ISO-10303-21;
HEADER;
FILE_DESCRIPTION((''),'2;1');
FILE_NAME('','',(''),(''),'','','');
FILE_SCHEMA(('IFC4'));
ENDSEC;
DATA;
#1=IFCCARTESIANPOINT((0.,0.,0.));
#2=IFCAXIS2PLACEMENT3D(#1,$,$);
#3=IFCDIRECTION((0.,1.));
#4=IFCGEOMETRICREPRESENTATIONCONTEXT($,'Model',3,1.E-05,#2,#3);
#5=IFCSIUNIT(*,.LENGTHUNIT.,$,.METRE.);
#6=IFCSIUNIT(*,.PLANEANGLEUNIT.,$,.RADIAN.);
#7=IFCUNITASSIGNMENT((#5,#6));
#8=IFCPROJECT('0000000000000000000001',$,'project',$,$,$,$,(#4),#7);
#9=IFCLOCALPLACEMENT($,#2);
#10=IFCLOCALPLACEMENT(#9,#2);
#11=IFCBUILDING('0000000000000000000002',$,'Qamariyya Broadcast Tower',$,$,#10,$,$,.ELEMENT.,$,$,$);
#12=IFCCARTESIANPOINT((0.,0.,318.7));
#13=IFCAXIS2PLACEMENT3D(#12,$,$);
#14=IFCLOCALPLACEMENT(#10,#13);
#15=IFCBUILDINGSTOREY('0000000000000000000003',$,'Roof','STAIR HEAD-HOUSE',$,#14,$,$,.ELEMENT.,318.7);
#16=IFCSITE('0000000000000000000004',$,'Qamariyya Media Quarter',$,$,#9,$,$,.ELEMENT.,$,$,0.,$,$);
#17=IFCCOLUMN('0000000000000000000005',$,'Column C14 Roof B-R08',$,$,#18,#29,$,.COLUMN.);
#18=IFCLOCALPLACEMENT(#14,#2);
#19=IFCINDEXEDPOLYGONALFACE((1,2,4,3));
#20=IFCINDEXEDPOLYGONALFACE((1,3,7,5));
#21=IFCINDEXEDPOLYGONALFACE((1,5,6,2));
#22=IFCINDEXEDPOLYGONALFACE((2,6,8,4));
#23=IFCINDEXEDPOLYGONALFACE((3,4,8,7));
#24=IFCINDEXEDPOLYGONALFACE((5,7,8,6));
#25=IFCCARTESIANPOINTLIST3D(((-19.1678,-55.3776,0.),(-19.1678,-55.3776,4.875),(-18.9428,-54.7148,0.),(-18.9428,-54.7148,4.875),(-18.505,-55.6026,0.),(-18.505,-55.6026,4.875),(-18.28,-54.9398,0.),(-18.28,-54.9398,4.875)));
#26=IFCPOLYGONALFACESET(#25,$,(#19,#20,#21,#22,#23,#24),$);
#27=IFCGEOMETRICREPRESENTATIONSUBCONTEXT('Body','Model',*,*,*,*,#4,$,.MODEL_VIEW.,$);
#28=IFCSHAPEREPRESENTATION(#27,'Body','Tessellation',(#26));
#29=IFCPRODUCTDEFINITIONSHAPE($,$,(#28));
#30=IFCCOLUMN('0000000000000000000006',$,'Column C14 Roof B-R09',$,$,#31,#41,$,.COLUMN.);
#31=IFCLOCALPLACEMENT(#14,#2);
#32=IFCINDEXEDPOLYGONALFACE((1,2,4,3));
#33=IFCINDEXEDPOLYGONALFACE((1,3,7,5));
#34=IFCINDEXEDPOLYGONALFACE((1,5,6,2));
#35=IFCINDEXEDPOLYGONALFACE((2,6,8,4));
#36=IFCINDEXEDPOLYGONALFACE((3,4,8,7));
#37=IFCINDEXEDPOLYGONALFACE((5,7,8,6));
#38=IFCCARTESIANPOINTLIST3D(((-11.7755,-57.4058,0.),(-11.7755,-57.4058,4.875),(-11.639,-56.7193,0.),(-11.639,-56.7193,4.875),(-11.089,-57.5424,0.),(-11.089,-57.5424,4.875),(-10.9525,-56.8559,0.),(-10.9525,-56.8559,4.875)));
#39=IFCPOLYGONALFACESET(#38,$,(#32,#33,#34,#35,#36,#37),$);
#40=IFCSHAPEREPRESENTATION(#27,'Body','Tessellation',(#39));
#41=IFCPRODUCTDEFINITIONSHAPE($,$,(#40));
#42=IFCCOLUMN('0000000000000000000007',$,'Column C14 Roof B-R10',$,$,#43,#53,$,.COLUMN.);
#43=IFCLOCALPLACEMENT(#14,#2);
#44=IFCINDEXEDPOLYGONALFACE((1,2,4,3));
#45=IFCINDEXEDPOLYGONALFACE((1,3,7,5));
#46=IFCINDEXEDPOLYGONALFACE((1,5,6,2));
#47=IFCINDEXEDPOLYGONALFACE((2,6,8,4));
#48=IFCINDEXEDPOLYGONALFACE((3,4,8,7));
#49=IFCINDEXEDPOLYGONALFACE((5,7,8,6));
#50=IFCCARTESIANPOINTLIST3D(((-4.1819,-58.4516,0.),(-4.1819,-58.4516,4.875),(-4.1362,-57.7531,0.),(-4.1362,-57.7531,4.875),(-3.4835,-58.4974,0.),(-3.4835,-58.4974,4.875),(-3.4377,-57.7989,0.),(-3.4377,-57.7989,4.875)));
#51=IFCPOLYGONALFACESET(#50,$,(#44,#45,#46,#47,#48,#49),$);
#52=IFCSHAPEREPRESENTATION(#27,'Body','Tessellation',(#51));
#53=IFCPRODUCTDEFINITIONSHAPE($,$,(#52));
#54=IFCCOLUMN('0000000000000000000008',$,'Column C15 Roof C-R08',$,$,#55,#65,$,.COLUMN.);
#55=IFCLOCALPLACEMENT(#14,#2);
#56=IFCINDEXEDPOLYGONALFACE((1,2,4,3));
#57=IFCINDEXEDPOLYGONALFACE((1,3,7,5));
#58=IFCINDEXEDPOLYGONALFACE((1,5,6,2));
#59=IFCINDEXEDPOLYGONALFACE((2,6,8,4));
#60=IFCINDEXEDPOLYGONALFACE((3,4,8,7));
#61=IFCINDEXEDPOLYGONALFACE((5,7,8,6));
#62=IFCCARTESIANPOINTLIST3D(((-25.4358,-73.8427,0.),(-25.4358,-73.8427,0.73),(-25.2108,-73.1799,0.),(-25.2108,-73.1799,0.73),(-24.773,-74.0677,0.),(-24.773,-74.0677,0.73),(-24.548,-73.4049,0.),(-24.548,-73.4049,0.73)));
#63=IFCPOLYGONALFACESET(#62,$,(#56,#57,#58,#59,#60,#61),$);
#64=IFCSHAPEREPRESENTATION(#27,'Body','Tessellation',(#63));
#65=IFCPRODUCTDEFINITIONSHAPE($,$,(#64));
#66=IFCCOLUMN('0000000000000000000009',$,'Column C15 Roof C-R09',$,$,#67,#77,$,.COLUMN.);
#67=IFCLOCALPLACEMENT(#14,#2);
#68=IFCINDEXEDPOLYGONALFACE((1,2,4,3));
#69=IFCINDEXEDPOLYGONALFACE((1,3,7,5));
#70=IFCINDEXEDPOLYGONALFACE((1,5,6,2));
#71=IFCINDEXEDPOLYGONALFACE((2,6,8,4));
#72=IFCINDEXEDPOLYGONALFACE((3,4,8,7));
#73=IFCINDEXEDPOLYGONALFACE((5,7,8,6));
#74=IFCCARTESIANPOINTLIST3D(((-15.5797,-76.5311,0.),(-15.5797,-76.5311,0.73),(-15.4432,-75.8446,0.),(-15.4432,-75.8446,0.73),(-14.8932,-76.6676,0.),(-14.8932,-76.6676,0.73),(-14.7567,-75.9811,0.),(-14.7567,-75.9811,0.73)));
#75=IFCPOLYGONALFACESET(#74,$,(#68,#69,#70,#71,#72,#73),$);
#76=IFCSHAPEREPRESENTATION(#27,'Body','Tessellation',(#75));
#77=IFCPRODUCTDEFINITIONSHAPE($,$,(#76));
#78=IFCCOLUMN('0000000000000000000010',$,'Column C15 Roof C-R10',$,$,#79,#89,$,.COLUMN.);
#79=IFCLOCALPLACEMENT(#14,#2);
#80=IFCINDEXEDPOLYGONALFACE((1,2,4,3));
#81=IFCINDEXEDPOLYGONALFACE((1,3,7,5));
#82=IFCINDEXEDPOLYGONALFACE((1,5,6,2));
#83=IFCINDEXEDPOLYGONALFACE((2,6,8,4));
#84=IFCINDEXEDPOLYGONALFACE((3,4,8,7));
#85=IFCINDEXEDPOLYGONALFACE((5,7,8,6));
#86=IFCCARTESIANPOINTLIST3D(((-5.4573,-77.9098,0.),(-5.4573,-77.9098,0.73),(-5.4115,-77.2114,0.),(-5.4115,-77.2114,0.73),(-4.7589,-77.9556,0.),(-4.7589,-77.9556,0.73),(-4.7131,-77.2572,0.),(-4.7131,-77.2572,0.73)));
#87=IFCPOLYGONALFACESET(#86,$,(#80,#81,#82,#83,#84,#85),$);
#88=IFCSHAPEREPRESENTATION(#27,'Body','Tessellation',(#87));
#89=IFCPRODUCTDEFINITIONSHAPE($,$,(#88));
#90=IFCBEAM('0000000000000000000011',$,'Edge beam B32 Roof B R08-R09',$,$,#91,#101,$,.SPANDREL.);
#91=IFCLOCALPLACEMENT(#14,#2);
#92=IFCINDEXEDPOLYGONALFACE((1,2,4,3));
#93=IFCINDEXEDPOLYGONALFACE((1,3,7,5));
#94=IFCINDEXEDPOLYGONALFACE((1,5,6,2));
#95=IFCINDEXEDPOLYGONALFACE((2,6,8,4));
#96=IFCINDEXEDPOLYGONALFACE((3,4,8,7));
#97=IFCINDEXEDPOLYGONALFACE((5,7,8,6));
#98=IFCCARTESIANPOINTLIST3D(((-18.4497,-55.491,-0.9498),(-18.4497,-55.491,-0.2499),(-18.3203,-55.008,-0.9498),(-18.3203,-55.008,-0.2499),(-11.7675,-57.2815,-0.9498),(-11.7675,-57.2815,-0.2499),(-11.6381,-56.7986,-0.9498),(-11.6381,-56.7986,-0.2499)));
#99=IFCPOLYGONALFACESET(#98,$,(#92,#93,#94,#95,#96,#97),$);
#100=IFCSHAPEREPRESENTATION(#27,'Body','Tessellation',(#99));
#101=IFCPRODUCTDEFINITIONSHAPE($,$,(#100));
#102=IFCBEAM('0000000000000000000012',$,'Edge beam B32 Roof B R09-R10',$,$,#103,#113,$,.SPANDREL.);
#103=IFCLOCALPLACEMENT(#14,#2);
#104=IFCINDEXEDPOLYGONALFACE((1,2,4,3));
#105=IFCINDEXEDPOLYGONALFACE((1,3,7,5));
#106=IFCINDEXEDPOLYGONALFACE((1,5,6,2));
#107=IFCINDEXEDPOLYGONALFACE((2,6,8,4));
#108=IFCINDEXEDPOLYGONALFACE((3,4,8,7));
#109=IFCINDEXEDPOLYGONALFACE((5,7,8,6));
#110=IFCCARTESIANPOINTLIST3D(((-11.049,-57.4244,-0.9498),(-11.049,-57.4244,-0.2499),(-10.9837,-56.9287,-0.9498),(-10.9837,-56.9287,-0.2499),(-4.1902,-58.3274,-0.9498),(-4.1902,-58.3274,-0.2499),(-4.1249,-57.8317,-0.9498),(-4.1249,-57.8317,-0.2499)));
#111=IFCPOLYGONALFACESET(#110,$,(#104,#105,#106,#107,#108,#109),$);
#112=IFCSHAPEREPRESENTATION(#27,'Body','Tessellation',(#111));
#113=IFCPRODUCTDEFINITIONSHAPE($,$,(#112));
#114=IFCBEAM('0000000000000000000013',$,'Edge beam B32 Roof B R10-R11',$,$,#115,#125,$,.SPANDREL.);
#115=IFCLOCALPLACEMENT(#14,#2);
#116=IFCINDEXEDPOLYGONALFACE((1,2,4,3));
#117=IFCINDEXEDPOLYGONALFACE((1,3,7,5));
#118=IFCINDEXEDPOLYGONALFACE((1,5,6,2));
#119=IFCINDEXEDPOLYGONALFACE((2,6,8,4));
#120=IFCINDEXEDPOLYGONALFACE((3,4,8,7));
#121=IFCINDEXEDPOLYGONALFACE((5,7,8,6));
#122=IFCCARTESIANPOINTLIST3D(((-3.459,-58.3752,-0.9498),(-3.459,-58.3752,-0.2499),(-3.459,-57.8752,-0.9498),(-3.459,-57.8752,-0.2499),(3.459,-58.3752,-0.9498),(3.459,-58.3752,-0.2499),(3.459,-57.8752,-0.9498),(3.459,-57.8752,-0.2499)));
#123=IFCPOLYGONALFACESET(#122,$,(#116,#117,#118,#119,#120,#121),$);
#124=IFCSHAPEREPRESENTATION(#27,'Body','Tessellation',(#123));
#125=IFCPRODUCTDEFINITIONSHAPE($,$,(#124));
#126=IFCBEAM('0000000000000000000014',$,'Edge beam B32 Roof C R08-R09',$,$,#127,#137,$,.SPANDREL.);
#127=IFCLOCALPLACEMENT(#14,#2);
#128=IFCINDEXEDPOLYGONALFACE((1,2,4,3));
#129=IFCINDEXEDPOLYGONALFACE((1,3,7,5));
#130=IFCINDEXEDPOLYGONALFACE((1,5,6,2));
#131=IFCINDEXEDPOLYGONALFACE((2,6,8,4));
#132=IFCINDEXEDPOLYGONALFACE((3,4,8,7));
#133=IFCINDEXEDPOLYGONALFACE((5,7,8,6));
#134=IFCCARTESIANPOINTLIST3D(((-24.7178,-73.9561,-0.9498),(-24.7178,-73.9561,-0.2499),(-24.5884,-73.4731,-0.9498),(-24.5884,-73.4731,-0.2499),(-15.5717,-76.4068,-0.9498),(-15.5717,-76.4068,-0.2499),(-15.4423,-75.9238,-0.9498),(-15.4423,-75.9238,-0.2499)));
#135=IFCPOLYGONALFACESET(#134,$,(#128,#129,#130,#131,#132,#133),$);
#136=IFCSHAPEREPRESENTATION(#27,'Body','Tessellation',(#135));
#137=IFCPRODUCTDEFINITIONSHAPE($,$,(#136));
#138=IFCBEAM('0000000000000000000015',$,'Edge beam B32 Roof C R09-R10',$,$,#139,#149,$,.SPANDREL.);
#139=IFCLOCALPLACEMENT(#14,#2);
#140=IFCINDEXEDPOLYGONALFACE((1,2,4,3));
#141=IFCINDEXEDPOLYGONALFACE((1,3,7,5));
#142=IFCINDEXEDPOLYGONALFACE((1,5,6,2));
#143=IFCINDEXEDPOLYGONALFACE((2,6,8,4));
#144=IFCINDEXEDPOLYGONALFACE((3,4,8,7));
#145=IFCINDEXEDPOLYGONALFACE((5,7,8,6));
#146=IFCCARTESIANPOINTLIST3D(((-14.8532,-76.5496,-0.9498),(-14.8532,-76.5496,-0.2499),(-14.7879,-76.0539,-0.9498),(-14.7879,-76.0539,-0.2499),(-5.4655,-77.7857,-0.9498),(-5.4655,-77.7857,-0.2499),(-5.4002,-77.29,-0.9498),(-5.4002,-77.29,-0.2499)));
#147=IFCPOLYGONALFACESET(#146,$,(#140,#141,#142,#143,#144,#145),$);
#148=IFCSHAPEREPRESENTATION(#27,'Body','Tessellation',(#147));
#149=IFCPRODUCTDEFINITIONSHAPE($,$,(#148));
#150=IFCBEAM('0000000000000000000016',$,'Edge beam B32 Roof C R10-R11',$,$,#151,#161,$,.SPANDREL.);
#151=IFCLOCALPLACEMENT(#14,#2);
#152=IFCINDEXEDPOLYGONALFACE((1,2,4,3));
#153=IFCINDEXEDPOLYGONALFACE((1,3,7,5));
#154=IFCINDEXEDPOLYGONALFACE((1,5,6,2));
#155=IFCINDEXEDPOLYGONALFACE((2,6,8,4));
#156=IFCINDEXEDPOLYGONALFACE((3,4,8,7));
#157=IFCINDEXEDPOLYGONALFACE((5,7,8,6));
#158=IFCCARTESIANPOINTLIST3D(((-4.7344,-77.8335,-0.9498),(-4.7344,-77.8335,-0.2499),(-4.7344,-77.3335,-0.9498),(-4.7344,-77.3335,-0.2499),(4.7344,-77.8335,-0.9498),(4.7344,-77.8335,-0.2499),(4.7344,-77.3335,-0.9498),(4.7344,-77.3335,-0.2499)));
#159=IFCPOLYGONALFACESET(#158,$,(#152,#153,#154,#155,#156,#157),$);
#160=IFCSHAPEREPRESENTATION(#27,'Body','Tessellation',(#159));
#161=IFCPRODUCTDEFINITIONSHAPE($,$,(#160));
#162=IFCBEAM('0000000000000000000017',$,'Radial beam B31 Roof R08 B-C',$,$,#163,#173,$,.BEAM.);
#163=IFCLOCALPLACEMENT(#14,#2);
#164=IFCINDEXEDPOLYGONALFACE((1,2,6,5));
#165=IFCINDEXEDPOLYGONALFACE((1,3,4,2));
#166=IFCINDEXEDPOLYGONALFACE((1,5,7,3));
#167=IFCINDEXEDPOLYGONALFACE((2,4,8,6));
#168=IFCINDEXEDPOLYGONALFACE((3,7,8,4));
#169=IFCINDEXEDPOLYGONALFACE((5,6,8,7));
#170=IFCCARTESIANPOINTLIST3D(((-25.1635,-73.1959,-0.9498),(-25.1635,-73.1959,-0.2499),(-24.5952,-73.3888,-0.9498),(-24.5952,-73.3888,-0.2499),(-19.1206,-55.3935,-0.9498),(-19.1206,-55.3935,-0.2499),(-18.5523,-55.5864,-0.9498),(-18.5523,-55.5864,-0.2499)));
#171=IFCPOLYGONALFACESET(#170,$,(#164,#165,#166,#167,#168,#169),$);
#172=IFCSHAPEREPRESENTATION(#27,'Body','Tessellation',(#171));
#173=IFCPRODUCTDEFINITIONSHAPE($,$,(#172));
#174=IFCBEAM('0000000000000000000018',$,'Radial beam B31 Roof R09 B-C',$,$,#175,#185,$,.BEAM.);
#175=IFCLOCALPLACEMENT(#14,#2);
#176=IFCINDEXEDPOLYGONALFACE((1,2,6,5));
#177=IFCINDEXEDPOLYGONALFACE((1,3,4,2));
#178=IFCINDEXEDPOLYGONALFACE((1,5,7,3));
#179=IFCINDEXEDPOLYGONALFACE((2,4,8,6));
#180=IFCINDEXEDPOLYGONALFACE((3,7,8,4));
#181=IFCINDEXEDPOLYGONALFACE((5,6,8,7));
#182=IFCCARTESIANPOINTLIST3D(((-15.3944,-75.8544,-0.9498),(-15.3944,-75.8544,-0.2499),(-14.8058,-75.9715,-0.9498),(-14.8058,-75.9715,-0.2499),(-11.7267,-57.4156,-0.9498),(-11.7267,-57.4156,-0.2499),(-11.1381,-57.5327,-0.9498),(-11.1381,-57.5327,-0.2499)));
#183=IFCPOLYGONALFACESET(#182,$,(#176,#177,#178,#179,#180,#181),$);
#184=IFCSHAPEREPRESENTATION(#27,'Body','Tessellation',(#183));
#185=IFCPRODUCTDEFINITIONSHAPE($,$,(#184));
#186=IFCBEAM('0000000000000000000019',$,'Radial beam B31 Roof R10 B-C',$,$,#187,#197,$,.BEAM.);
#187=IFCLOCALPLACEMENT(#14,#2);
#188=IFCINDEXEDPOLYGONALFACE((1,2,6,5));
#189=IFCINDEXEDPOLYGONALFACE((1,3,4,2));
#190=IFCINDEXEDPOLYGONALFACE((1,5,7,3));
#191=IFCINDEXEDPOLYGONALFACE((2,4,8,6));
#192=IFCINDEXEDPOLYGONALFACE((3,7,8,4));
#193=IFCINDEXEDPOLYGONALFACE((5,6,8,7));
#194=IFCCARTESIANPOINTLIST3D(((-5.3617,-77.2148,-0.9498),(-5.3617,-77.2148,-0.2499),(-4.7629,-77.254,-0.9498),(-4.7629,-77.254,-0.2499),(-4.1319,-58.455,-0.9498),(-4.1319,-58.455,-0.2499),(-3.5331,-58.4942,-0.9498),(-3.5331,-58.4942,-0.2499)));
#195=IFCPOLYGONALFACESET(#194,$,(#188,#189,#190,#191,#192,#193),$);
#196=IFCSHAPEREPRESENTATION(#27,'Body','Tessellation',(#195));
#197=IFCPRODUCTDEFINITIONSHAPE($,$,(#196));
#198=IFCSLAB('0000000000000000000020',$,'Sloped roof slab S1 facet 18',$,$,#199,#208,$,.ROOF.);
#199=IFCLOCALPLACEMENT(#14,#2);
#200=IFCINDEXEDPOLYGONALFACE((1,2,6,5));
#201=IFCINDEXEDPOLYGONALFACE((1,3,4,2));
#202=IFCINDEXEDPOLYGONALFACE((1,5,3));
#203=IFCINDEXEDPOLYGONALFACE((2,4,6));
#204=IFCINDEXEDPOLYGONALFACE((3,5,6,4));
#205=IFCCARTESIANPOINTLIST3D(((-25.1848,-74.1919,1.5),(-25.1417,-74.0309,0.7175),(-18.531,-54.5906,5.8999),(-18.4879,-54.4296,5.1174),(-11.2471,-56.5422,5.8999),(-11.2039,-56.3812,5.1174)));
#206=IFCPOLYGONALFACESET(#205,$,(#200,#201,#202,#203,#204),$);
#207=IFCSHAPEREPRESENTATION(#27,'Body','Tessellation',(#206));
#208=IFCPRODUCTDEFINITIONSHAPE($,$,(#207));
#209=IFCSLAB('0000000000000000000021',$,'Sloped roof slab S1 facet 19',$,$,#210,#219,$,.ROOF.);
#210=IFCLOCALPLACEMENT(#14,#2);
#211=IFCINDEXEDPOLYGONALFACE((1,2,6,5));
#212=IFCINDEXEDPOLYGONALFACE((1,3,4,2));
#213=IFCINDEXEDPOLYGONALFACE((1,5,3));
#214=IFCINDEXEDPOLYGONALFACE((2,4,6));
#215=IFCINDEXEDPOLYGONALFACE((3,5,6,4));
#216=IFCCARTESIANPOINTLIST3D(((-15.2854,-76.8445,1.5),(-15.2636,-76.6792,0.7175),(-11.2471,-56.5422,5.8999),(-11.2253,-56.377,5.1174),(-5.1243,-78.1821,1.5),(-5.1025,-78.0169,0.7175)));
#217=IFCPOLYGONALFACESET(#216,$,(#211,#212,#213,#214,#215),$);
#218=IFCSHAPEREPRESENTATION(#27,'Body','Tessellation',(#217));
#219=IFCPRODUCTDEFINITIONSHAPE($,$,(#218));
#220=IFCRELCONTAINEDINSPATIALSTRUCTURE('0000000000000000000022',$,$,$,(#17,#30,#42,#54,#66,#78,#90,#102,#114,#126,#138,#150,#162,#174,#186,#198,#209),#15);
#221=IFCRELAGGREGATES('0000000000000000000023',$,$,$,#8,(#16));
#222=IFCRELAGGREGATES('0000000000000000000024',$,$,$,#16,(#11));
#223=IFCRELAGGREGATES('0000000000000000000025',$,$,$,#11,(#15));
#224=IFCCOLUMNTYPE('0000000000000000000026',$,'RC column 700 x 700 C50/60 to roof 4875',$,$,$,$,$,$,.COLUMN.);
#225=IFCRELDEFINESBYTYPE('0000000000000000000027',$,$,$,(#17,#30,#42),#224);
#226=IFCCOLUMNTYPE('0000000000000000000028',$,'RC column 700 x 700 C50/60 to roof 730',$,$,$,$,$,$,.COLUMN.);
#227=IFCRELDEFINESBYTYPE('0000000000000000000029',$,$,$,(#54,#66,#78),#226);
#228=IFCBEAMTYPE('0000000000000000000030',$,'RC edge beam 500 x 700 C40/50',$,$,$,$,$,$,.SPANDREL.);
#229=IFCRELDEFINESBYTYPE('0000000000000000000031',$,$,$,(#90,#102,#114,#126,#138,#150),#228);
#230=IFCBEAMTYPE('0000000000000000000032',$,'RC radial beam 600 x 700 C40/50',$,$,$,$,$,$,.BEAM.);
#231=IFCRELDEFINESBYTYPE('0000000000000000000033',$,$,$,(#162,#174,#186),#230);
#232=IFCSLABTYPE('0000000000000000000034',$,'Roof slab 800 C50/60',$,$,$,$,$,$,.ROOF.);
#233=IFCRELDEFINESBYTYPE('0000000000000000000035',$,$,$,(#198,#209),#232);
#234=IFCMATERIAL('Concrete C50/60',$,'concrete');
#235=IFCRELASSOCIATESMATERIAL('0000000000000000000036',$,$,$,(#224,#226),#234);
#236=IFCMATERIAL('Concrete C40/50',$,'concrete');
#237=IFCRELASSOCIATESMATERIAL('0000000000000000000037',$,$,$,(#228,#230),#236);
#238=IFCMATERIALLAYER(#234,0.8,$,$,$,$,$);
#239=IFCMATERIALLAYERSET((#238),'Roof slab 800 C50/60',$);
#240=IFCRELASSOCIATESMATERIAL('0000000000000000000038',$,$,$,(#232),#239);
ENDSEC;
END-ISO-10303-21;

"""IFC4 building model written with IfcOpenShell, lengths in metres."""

from ifc_helpers import new_model, si_unit, direction, frame, origin, origin_2d, place, context, subcontext, project, spatial, polyline, rectangle, outline, extrude, material, layer, layer_set, material_profile, profile_set, type_object, element, save


model = new_model("IFC4")

# Units and contexts
model_context = context("Model", 3, precision=1e-05, world=origin(), true_north=direction((0.0, 1.0)))
body_context = subcontext(model_context, "Body", "Model", "MODEL_VIEW")
ifc_project = project(units=[si_unit("LENGTHUNIT", "METRE"), si_unit("PLANEANGLEUNIT", "RADIAN")], contexts=[model_context])

# Site, building, storey
site_placement = place(None, origin())
site = spatial("IfcSite", under=ifc_project, at=site_placement, Name="Qamariyya Media Quarter", CompositionType="ELEMENT", RefElevation=0.0)
building_placement = place(site_placement, origin())
building = spatial("IfcBuilding", under=site, at=building_placement, Name="Qamariyya Broadcast Tower", CompositionType="ELEMENT")
storey_placement = place(building_placement, frame((0.0, 0.0, 318.7)))
storey = spatial("IfcBuildingStorey", under=building, at=storey_placement, Name="Roof", Description="STAIR HEAD-HOUSE", CompositionType="ELEMENT", Elevation=318.7)

# Columns
ifc_material_1 = material(Name="Concrete C50/60", Category="concrete")
ifc_material_profile_1 = material_profile(ifc_material_1, rectangle(XDim=0.7, YDim=0.7, at=origin_2d()))
ifc_profile_set_1 = profile_set([ifc_material_profile_1], Name="Concrete C50/60")
column_type_1 = type_object("IfcColumnType", Name="RC column 700 x 700 C50/60 to roof 4875", PredefinedType="COLUMN", material=ifc_profile_set_1)
for number, where, z_axis, x_axis, name in (
    (1, (-18.7239, -55.1587, 0.0), (0.0, 0.0, 1.0), (0.94693, -0.321439, 0.0), "Column C14 Roof B-R08"),
    (2, (-11.364, -57.1309, 0.0), (0.0, 0.0, 1.0), (0.980785, -0.19509, 0.0), "Column C14 Roof B-R09"),
    (3, (-3.8098, -58.1252, 0.0), (0.0, 0.0, 1.0), (0.997859, -0.065403, 0.0), "Column C14 Roof B-R10"),
):
    element("IfcColumn", number, at=place(storey_placement, frame(where, z_axis=z_axis, x_axis=x_axis)), inside=storey, type_object=column_type_1, Name=name, PredefinedType="COLUMN", context=body_context, shape_type="SweptSolid", body=[
        extrude(rectangle(XDim=0.7, YDim=0.7, at=origin_2d()), origin(), (0.0, 0.0, 1.0), 4.875),
    ])
ifc_material_profile_2 = material_profile(ifc_material_1, rectangle(XDim=0.7, YDim=0.7, at=origin_2d()))
ifc_profile_set_2 = profile_set([ifc_material_profile_2], Name="Concrete C50/60")
column_type_2 = type_object("IfcColumnType", Name="RC column 700 x 700 C50/60 to roof 730", PredefinedType="COLUMN", material=ifc_profile_set_2)
for number, where, z_axis, x_axis, name in (
    (4, (-24.9919, -73.6238, 0.0), (0.0, 0.0, 1.0), (0.94693, -0.321439, 0.0), "Column C15 Roof C-R08"),
    (5, (-15.1682, -76.2561, 0.0), (0.0, 0.0, 1.0), (0.980785, -0.19509, 0.0), "Column C15 Roof C-R09"),
    (6, (-5.0852, -77.5835, 0.0), (0.0, 0.0, 1.0), (0.997859, -0.065403, 0.0), "Column C15 Roof C-R10"),
):
    element("IfcColumn", number, at=place(storey_placement, frame(where, z_axis=z_axis, x_axis=x_axis)), inside=storey, type_object=column_type_2, Name=name, PredefinedType="COLUMN", context=body_context, shape_type="SweptSolid", body=[
        extrude(rectangle(XDim=0.7, YDim=0.7, at=origin_2d()), origin(), (0.0, 0.0, 1.0), 0.73),
    ])

# Beams
ifc_material_2 = material(Name="Concrete C40/50", Category="concrete")
ifc_material_profile_3 = material_profile(ifc_material_2, rectangle(XDim=0.5, YDim=0.7, at=origin_2d()))
ifc_profile_set_3 = profile_set([ifc_material_profile_3], Name="Concrete C40/50")
beam_type_1 = type_object("IfcBeamType", Name="RC edge beam 500 x 700 C40/50", PredefinedType="SPANDREL", material=ifc_profile_set_3)
for number, where, z_axis, x_axis, name in (
    (7, (-18.385, -55.2495, -0.5999), (0.965924, -0.258827, 0.0), (0.258827, 0.965924, 0.0), "Edge beam B32 Roof B R08-R09"),
    (8, (-11.0164, -57.1765, -0.5999), (0.991443, -0.130538, 0.0), (0.130538, 0.991443, 0.0), "Edge beam B32 Roof B R09-R10"),
    (9, (-3.459, -58.1252, -0.5999), (1.0, 0.0, 0.0), (0.0, 1.0, 0.0), "Edge beam B32 Roof B R10-R11"),
):
    element("IfcBeam", number, at=place(storey_placement, frame(where, z_axis=z_axis, x_axis=x_axis)), inside=storey, type_object=beam_type_1, Name=name, PredefinedType="SPANDREL", context=body_context, shape_type="SweptSolid", body=[
        extrude(rectangle(XDim=0.5, YDim=0.7, at=origin_2d()), origin(), (0.0, 0.0, 1.0), 6.918),
    ])
for number, where, z_axis, x_axis, name in (
    (10, (-24.6531, -73.7146, -0.5999), (0.965925, -0.258821, 0.0), (0.258821, 0.965925, 0.0), "Edge beam B32 Roof C R08-R09"),
    (11, (-14.8206, -76.3018, -0.5999), (0.991443, -0.130544, 0.0), (0.130544, 0.991443, 0.0), "Edge beam B32 Roof C R09-R10"),
    (12, (-4.7344, -77.5835, -0.5999), (1.0, 0.0, 0.0), (0.0, 1.0, 0.0), "Edge beam B32 Roof C R10-R11"),
):
    element("IfcBeam", number, at=place(storey_placement, frame(where, z_axis=z_axis, x_axis=x_axis)), inside=storey, type_object=beam_type_1, Name=name, PredefinedType="SPANDREL", context=body_context, shape_type="SweptSolid", body=[
        extrude(rectangle(XDim=0.5, YDim=0.7, at=origin_2d()), origin(), (0.0, 0.0, 1.0), 9.4688),
    ])
ifc_material_profile_4 = material_profile(ifc_material_2, rectangle(XDim=0.6001, YDim=0.7, at=origin_2d()))
ifc_profile_set_4 = profile_set([ifc_material_profile_4], Name="Concrete C40/50")
beam_type_2 = type_object("IfcBeamType", Name="RC radial beam 600 x 700 C40/50", PredefinedType="BEAM", material=ifc_profile_set_4)
for number, where, z_axis, x_axis, name in (
    (13, (-18.8364, -55.49, -0.5999), (-0.321432, -0.946933, 0.0), (0.946933, -0.321432, 0.0), "Radial beam B31 Roof R08 B-C"),
    (14, (-11.4324, -57.4741, -0.5999), (-0.195092, -0.980785, 0.0), (0.980785, -0.195092, 0.0), "Radial beam B31 Roof R09 B-C"),
    (15, (-3.8325, -58.4746, -0.5999), (-0.065411, -0.997858, 0.0), (0.997858, -0.065411, 0.0), "Radial beam B31 Roof R10 B-C"),
):
    element("IfcBeam", number, at=place(storey_placement, frame(where, z_axis=z_axis, x_axis=x_axis)), inside=storey, type_object=beam_type_2, Name=name, PredefinedType="BEAM", context=body_context, shape_type="SweptSolid", body=[
        extrude(rectangle(XDim=0.6001, YDim=0.7, at=origin_2d()), origin(), (0.0, 0.0, 1.0), 18.8),
    ])

# Slabs
ifc_layer_1 = layer(ifc_material_1, 0.8)
ifc_layer_set_1 = layer_set([ifc_layer_1], Name="Roof slab 800 C50/60")
slab_type = type_object("IfcSlabType", Name="Roof slab 800 C50/60", PredefinedType="ROOF", material=ifc_layer_set_1)
slab_1_placement = place(storey_placement, frame((-11.2471, -56.5422, 5.8999), z_axis=(-0.05392, -0.20124, 0.978057), x_axis=(-0.965928, 0.258811, 0.0)))
element("IfcSlab", 16, at=slab_1_placement, inside=storey, type_object=slab_type, Name="Sloped roof slab S1 facet 18", PredefinedType="ROOF", context=body_context, shape_type="SweptSolid", body=[
    extrude(outline(polyline([(0.0, 0.0), (7.5409, 0.0), (8.8949, 21.119), (0.0, 0.0)])), origin(), (0.0, 0.0, -1.0), 0.8),
])
slab_2_placement = place(storey_placement, frame((-11.2471, -56.5422, 5.8999), z_axis=(-0.027192, -0.206556, 0.978057), x_axis=(-0.190825, -0.959353, -0.207911)))
element("IfcSlab", 17, at=slab_2_placement, inside=storey, type_object=slab_type, Name="Sloped roof slab S1 facet 19", PredefinedType="ROOF", context=body_context, shape_type="SweptSolid", body=[
    extrude(outline(polyline([(0.0, 0.0), (21.1624, 0.0), (20.5067, 10.2278), (0.0, 0.0)])), origin(), (0.0, 0.0, -1.0), 0.8),
])

save(model, "model.ifc")
